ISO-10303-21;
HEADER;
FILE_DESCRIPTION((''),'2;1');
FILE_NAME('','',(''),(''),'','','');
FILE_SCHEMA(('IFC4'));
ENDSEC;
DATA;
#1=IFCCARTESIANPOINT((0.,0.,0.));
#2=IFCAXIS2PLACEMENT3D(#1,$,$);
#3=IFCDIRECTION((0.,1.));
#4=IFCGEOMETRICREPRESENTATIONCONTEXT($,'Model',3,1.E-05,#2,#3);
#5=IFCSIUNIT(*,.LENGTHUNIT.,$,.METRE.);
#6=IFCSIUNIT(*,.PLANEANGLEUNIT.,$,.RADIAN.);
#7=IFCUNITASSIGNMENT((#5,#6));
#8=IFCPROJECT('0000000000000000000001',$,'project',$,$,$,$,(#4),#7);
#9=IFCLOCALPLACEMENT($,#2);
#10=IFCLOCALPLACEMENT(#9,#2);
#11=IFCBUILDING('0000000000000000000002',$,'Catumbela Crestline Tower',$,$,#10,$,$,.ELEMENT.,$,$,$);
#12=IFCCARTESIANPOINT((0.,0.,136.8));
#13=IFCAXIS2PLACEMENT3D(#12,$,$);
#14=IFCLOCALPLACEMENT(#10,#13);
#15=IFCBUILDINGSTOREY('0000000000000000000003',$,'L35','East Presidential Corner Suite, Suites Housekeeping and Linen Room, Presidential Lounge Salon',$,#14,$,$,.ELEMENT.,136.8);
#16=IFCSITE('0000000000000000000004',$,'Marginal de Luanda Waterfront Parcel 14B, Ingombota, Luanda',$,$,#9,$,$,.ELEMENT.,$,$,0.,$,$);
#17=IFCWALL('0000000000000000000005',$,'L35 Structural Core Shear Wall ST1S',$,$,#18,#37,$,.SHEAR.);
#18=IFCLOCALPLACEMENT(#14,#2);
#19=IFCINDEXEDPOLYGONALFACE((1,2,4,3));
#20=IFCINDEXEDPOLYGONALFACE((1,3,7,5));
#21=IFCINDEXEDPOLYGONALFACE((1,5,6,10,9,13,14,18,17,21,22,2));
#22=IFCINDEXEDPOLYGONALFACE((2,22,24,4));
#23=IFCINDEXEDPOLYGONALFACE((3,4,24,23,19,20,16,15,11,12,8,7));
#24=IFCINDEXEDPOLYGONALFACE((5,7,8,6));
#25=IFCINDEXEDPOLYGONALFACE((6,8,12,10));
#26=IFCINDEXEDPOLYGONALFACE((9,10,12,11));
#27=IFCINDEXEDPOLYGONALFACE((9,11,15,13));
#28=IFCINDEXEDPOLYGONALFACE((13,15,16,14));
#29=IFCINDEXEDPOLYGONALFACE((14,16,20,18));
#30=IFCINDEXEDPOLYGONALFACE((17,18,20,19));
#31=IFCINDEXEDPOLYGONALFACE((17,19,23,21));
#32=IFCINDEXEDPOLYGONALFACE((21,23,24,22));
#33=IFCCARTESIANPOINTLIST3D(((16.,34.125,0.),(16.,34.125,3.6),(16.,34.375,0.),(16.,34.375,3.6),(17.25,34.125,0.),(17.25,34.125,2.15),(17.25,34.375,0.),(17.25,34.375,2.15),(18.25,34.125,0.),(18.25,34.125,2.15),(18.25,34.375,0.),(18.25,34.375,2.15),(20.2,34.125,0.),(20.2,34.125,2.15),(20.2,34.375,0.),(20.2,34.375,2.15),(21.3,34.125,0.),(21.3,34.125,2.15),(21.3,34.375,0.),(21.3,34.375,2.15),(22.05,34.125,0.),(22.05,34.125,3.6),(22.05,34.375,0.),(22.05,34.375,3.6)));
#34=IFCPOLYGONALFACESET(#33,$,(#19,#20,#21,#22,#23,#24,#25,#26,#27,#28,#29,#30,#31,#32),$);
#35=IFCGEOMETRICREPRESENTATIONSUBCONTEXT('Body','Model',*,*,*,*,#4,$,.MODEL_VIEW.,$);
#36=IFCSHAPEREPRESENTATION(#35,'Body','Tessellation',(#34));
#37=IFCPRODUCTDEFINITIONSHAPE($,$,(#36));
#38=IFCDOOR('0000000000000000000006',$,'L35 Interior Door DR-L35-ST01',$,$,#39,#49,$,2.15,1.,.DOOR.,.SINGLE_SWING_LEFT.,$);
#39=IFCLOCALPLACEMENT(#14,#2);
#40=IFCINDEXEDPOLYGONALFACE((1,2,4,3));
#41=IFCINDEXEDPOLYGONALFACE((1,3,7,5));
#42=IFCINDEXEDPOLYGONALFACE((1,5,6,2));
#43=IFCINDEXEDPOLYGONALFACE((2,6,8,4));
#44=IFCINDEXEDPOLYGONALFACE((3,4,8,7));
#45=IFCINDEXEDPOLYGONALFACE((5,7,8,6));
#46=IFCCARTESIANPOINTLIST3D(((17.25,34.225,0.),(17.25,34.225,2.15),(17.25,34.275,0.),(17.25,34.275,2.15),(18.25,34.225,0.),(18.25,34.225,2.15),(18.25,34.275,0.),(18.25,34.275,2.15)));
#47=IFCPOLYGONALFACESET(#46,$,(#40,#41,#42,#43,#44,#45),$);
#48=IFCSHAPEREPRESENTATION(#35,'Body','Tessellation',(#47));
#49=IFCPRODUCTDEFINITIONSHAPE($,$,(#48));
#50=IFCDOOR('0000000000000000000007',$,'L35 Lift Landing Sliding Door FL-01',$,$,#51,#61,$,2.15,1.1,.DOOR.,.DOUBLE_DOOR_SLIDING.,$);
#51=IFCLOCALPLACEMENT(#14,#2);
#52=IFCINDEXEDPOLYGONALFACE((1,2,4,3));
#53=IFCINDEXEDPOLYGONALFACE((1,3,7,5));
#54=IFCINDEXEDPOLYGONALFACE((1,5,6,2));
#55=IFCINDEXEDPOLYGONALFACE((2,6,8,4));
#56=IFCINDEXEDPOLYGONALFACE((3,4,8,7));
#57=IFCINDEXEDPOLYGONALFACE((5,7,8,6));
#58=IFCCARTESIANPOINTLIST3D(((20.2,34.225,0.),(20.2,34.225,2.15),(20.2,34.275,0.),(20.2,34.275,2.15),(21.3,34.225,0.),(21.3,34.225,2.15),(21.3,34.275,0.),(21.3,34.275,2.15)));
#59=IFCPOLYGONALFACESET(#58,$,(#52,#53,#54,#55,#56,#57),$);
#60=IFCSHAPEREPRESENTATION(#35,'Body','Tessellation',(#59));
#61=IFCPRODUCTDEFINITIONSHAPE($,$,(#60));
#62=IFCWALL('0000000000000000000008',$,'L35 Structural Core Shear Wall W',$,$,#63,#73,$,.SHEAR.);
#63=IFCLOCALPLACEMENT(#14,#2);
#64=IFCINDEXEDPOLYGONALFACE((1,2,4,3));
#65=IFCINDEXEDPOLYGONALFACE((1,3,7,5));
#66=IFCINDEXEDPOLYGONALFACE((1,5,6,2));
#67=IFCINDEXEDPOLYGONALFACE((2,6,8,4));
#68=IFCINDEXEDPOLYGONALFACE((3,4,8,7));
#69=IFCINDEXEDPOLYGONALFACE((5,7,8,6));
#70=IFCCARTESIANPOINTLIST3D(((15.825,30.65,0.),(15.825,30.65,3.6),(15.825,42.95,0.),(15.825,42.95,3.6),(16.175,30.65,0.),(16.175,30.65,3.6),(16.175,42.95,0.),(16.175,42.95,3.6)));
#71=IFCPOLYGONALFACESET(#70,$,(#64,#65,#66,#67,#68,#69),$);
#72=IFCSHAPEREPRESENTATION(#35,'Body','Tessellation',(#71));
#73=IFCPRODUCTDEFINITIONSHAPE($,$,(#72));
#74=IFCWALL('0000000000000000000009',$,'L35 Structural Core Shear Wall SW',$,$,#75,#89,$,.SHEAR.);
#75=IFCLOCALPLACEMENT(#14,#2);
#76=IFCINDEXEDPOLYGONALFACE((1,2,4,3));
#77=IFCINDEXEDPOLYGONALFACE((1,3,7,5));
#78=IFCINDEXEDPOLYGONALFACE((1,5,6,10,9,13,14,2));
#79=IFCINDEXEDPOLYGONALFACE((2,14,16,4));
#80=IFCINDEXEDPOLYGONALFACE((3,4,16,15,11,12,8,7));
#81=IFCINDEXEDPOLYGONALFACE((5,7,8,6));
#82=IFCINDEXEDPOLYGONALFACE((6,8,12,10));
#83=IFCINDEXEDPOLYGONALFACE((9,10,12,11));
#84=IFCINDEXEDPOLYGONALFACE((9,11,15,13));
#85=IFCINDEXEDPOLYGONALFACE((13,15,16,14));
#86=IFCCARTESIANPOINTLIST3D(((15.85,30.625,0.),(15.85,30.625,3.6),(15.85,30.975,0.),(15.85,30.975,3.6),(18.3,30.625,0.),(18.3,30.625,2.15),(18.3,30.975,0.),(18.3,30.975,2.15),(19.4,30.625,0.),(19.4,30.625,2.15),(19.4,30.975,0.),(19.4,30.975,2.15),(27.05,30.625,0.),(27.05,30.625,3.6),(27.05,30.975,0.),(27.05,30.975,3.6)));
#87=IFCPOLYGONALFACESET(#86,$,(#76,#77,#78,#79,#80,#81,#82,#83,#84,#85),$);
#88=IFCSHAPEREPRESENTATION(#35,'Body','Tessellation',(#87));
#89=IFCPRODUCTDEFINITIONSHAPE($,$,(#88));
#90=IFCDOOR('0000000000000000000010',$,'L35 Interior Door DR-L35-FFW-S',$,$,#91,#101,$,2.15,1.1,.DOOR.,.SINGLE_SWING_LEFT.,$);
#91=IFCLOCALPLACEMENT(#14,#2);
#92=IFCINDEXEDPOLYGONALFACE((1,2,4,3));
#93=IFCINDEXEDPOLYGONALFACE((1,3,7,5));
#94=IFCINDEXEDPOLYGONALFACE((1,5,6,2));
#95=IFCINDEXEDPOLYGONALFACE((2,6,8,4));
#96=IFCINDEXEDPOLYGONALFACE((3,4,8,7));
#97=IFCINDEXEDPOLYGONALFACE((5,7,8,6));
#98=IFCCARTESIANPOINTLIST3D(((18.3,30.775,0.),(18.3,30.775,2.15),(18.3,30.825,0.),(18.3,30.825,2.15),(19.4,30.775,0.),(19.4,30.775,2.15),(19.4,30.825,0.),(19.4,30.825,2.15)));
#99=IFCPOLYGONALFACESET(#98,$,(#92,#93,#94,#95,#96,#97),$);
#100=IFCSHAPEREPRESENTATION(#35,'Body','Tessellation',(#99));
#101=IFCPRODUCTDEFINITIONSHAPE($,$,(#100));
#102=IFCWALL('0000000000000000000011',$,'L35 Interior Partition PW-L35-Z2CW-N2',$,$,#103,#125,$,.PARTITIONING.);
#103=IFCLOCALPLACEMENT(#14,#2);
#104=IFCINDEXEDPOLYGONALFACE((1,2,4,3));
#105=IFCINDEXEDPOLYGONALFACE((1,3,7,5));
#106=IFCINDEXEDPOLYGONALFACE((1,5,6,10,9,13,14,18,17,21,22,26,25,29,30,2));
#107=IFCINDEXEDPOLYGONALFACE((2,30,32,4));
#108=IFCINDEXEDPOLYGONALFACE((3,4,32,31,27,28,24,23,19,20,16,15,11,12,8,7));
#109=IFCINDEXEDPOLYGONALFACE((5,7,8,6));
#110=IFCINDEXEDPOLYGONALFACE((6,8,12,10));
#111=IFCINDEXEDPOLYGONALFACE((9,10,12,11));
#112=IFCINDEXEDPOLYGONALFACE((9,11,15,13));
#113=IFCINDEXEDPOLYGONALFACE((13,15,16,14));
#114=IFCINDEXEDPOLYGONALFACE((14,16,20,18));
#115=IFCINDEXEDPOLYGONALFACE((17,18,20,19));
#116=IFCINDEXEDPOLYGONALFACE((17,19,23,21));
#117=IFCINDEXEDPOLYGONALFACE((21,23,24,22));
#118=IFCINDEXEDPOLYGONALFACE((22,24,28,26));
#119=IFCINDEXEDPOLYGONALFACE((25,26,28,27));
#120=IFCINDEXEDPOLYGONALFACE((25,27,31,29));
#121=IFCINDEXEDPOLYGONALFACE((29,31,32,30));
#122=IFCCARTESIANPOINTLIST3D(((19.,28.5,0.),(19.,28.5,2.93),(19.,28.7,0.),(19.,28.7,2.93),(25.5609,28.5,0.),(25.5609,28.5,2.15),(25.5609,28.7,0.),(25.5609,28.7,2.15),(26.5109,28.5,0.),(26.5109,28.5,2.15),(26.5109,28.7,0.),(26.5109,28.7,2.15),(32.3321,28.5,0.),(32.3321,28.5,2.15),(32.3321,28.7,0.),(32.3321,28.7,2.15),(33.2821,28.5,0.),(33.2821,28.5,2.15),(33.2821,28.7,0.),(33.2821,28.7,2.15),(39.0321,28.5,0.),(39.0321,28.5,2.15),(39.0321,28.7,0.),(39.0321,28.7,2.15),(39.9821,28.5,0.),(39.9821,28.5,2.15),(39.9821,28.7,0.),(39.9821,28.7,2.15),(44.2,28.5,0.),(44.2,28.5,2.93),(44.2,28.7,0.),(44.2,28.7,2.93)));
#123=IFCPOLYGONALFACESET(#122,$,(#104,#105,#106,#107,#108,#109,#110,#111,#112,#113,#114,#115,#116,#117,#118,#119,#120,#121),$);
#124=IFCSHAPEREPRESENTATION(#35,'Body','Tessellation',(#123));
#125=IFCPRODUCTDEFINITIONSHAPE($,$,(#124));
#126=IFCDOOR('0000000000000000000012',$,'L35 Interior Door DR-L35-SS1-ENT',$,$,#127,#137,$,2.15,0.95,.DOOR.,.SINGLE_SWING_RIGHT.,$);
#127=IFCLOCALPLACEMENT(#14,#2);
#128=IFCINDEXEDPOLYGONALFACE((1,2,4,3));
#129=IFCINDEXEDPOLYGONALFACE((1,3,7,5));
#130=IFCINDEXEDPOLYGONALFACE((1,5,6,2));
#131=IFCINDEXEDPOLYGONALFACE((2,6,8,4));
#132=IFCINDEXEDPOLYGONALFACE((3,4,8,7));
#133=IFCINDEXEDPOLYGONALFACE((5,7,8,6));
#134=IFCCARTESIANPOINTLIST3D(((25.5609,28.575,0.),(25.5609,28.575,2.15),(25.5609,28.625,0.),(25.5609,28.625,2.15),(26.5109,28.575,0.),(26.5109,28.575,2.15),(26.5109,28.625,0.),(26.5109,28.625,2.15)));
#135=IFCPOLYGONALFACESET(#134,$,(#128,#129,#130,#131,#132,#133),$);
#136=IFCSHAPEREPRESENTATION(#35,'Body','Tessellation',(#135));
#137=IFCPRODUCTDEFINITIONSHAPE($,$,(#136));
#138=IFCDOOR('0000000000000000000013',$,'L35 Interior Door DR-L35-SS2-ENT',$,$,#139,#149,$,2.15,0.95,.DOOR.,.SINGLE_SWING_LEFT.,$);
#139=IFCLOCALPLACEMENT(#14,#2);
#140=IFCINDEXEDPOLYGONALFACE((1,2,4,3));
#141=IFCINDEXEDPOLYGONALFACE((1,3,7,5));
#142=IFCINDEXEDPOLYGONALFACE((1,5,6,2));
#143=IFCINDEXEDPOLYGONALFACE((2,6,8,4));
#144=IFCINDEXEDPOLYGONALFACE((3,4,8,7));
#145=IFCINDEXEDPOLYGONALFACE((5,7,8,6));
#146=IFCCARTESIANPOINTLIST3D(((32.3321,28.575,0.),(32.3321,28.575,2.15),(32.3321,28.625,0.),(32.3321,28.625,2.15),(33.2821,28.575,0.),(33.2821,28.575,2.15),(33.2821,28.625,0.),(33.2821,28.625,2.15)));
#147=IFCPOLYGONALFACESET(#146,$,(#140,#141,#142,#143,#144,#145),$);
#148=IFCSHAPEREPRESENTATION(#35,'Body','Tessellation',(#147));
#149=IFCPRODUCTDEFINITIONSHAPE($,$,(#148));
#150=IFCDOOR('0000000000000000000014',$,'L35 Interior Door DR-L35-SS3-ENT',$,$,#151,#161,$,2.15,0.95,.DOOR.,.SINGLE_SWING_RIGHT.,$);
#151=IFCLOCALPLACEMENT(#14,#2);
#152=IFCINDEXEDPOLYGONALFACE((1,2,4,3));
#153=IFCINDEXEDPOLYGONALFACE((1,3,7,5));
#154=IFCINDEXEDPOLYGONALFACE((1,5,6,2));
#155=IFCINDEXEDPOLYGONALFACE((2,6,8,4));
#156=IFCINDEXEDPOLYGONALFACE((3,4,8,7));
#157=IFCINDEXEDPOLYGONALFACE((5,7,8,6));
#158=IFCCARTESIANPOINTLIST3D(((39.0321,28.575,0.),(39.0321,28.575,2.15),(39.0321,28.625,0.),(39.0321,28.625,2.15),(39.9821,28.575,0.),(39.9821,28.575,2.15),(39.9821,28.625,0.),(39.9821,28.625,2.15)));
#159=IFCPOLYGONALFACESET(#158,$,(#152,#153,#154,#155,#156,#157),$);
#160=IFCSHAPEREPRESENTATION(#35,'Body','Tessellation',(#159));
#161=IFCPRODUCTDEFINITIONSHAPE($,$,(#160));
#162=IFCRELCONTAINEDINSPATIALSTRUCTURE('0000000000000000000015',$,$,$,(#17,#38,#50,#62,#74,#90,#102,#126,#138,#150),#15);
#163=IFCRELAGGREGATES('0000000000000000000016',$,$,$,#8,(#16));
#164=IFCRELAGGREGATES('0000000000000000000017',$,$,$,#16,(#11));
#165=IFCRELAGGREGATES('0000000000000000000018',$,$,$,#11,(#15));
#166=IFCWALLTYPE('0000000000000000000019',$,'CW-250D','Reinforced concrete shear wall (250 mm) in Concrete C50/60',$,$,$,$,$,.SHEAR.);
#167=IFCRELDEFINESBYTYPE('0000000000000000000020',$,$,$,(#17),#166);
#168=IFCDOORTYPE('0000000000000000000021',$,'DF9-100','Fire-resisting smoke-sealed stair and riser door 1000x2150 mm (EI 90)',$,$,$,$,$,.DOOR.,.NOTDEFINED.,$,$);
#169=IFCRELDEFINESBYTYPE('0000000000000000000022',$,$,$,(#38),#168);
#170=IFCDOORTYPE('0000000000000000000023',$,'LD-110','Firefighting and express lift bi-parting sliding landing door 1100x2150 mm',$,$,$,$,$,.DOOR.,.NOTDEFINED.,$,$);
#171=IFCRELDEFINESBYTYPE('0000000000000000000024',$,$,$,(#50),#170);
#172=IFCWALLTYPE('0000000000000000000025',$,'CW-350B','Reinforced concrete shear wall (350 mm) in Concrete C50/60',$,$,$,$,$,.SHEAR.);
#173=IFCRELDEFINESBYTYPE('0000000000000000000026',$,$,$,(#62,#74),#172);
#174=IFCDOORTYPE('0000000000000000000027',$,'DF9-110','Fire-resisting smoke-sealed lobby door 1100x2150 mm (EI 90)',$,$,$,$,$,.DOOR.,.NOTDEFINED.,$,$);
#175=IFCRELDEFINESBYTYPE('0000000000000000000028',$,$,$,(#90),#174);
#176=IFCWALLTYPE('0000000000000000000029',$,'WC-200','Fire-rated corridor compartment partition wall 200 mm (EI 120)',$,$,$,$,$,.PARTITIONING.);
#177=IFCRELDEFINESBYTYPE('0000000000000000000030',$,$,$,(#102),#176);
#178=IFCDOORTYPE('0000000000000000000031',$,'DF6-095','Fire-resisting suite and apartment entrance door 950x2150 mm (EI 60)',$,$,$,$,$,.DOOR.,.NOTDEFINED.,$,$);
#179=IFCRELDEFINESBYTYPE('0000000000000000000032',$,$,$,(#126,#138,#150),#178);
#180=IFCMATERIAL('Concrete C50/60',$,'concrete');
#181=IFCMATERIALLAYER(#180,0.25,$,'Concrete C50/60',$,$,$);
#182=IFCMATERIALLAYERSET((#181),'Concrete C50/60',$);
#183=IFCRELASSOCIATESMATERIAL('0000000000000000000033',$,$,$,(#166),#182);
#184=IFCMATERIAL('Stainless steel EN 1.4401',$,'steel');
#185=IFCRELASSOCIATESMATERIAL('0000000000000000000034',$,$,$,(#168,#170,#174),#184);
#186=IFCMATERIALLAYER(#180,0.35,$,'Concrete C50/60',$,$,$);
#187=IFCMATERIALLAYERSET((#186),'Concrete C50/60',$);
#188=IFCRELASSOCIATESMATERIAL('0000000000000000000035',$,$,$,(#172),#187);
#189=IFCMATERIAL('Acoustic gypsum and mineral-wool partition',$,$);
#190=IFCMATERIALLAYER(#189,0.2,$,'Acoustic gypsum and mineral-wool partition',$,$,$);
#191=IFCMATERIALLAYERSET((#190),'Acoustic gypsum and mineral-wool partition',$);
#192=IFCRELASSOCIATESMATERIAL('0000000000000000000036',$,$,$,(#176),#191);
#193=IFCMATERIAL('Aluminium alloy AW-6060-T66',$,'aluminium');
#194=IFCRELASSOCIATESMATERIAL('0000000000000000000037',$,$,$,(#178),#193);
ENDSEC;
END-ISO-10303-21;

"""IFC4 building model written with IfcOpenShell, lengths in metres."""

from ifc_helpers import new_model, si_unit, direction, frame, frame_2d, origin, place, context, subcontext, project, spatial, rectangle, extrude, material, layer, layer_set, type_object, element, fill, save


model = new_model("IFC4")

# Units and contexts
model_context = context("Model", 3, precision=1e-05, world=origin(), true_north=direction((0.0, 1.0)))
body_context = subcontext(model_context, "Body", "Model", "MODEL_VIEW")
ifc_project = project(units=[si_unit("LENGTHUNIT", "METRE"), si_unit("PLANEANGLEUNIT", "RADIAN")], contexts=[model_context])

# Site, building, storey
site_placement = place(None, origin())
site = spatial("IfcSite", under=ifc_project, at=site_placement, Name="Marginal de Luanda Waterfront Parcel 14B, Ingombota, Luanda", CompositionType="ELEMENT", RefElevation=0.0)
building_placement = place(site_placement, origin())
building = spatial("IfcBuilding", under=site, at=building_placement, Name="Catumbela Crestline Tower", CompositionType="ELEMENT")
storey_placement = place(building_placement, frame((0.0, 0.0, 136.8)))
storey = spatial("IfcBuildingStorey", under=building, at=storey_placement, Name="L35", Description="East Presidential Corner Suite, Suites Housekeeping and Linen Room, Presidential Lounge Salon", CompositionType="ELEMENT", Elevation=136.8)

# Shared definitions
ifc_material_1 = material(Name="Concrete C50/60", Category="concrete")

# Wall, openings, doors
ifc_layer_1 = layer(ifc_material_1, 0.25, Name="Concrete C50/60")
ifc_layer_set_1 = layer_set([ifc_layer_1], Name="Concrete C50/60")
wall_type_1 = type_object("IfcWallType", Name="CW-250D", Description="Reinforced concrete shear wall (250 mm) in Concrete C50/60", PredefinedType="SHEAR", material=ifc_layer_set_1)
wall_1_placement = place(storey_placement, frame((16.0, 34.25, 0.0), z_axis=(0.0, 0.0, 1.0), x_axis=(1.0, 0.0, 0.0)))
wall_1 = element("IfcWall", 1, at=wall_1_placement, inside=storey, type_object=wall_type_1, Name="L35 Structural Core Shear Wall ST1S", PredefinedType="SHEAR", context=body_context, shape_type="SweptSolid", body=[
    extrude(rectangle(XDim=6.05, YDim=0.25, at=frame_2d((3.025, 0.0))), origin(), (0.0, 0.0, 1.0), 3.6),
])
opening_1_placement = place(wall_1_placement, frame((1.25, 0.0, 0.0)))
opening_1 = element("IfcOpeningElement", 2, at=opening_1_placement, cuts=wall_1, PredefinedType="OPENING", context=body_context, shape_type="SweptSolid", body=[
    extrude(rectangle(XDim=1.0, YDim=2.15, at=frame_2d((0.5, 1.075))), frame((0.0, 0.135, 0.0), z_axis=(0.0, -1.0, 0.0), x_axis=(1.0, 0.0, 0.0)), (0.0, 0.0, 1.0), 0.27),
])
opening_2_placement = place(wall_1_placement, frame((4.2, 0.0, 0.0)))
opening_2 = element("IfcOpeningElement", 3, at=opening_2_placement, cuts=wall_1, PredefinedType="OPENING", context=body_context, shape_type="SweptSolid", body=[
    extrude(rectangle(XDim=1.1, YDim=2.15, at=frame_2d((0.55, 1.075))), frame((0.0, 0.135, 0.0), z_axis=(0.0, -1.0, 0.0), x_axis=(1.0, 0.0, 0.0)), (0.0, 0.0, 1.0), 0.27),
])
ifc_material_2 = material(Name="Stainless steel EN 1.4401", Category="steel")
door_type_1 = type_object("IfcDoorType", Name="DF9-100", Description="Fire-resisting smoke-sealed stair and riser door 1000x2150 mm (EI 90)", OperationType="NOTDEFINED", PredefinedType="DOOR", material=ifc_material_2)
door_1_placement = place(opening_1_placement, origin())
door_1 = element("IfcDoor", 4, at=door_1_placement, inside=storey, type_object=door_type_1, Name="L35 Interior Door DR-L35-ST01", OperationType="SINGLE_SWING_LEFT", OverallHeight=2.15, OverallWidth=1.0, PredefinedType="DOOR", context=body_context, shape_type="SweptSolid", body=[
    extrude(rectangle(XDim=1.0, YDim=2.15, at=frame_2d((0.5, 1.075))), frame((0.0, 0.025, 0.0), z_axis=(0.0, -1.0, 0.0), x_axis=(1.0, 0.0, 0.0)), (0.0, 0.0, 1.0), 0.05),
])
fill(opening_1, door_1)
door_type_2 = type_object("IfcDoorType", Name="LD-110", Description="Firefighting and express lift bi-parting sliding landing door 1100x2150 mm", OperationType="NOTDEFINED", PredefinedType="DOOR", material=ifc_material_2)
door_2_placement = place(opening_2_placement, origin())
door_2 = element("IfcDoor", 5, at=door_2_placement, inside=storey, type_object=door_type_2, Name="L35 Lift Landing Sliding Door FL-01", OperationType="DOUBLE_DOOR_SLIDING", OverallHeight=2.15, OverallWidth=1.1, PredefinedType="DOOR", context=body_context, shape_type="SweptSolid", body=[
    extrude(rectangle(XDim=1.1, YDim=2.15, at=frame_2d((0.55, 1.075))), frame((0.0, 0.025, 0.0), z_axis=(0.0, -1.0, 0.0), x_axis=(1.0, 0.0, 0.0)), (0.0, 0.0, 1.0), 0.05),
])
fill(opening_2, door_2)

# Wall
ifc_layer_2 = layer(ifc_material_1, 0.35, Name="Concrete C50/60")
ifc_layer_set_2 = layer_set([ifc_layer_2], Name="Concrete C50/60")
wall_type_2 = type_object("IfcWallType", Name="CW-350B", Description="Reinforced concrete shear wall (350 mm) in Concrete C50/60", PredefinedType="SHEAR", material=ifc_layer_set_2)
wall_2_placement = place(storey_placement, frame((16.0, 30.65, 0.0), z_axis=(0.0, 0.0, 1.0), x_axis=(0.0, 1.0, 0.0)))
element("IfcWall", 6, at=wall_2_placement, inside=storey, type_object=wall_type_2, Name="L35 Structural Core Shear Wall W", PredefinedType="SHEAR", context=body_context, shape_type="SweptSolid", body=[
    extrude(rectangle(XDim=12.3, YDim=0.35, at=frame_2d((6.15, 0.0))), origin(), (0.0, 0.0, 1.0), 3.6),
])

# Wall, opening, door
wall_3_placement = place(storey_placement, frame((15.85, 30.8, 0.0), z_axis=(0.0, 0.0, 1.0), x_axis=(1.0, 0.0, 0.0)))
wall_3 = element("IfcWall", 7, at=wall_3_placement, inside=storey, type_object=wall_type_2, Name="L35 Structural Core Shear Wall SW", PredefinedType="SHEAR", context=body_context, shape_type="SweptSolid", body=[
    extrude(rectangle(XDim=11.2, YDim=0.35, at=frame_2d((5.6, 0.0))), origin(), (0.0, 0.0, 1.0), 3.6),
])
opening_3_placement = place(wall_3_placement, frame((2.45, 0.0, 0.0)))
opening_3 = element("IfcOpeningElement", 8, at=opening_3_placement, cuts=wall_3, PredefinedType="OPENING", context=body_context, shape_type="SweptSolid", body=[
    extrude(rectangle(XDim=1.1, YDim=2.15, at=frame_2d((0.55, 1.075))), frame((0.0, 0.185, 0.0), z_axis=(0.0, -1.0, 0.0), x_axis=(1.0, 0.0, 0.0)), (0.0, 0.0, 1.0), 0.37),
])
door_type_3 = type_object("IfcDoorType", Name="DF9-110", Description="Fire-resisting smoke-sealed lobby door 1100x2150 mm (EI 90)", OperationType="NOTDEFINED", PredefinedType="DOOR", material=ifc_material_2)
door_3_placement = place(opening_3_placement, origin())
door_3 = element("IfcDoor", 9, at=door_3_placement, inside=storey, type_object=door_type_3, Name="L35 Interior Door DR-L35-FFW-S", OperationType="SINGLE_SWING_LEFT", OverallHeight=2.15, OverallWidth=1.1, PredefinedType="DOOR", context=body_context, shape_type="SweptSolid", body=[
    extrude(rectangle(XDim=1.1, YDim=2.15, at=frame_2d((0.55, 1.075))), frame((0.0, 0.025, 0.0), z_axis=(0.0, -1.0, 0.0), x_axis=(1.0, 0.0, 0.0)), (0.0, 0.0, 1.0), 0.05),
])
fill(opening_3, door_3)

# Wall, openings, doors
ifc_material_3 = material(Name="Acoustic gypsum and mineral-wool partition")
ifc_layer_3 = layer(ifc_material_3, 0.2, Name="Acoustic gypsum and mineral-wool partition")
ifc_layer_set_3 = layer_set([ifc_layer_3], Name="Acoustic gypsum and mineral-wool partition")
wall_type_3 = type_object("IfcWallType", Name="WC-200", Description="Fire-rated corridor compartment partition wall 200 mm (EI 120)", PredefinedType="PARTITIONING", material=ifc_layer_set_3)
wall_4_placement = place(storey_placement, frame((19.0, 28.6, 0.0), z_axis=(0.0, 0.0, 1.0), x_axis=(1.0, 0.0, 0.0)))
wall_4 = element("IfcWall", 10, at=wall_4_placement, inside=storey, type_object=wall_type_3, Name="L35 Interior Partition PW-L35-Z2CW-N2", PredefinedType="PARTITIONING", context=body_context, shape_type="SweptSolid", body=[
    extrude(rectangle(XDim=25.2, YDim=0.2, at=frame_2d((12.6, 0.0))), origin(), (0.0, 0.0, 1.0), 2.93),
])
opening_4_placement = place(wall_4_placement, frame((6.5609, 0.0, 0.0)))
opening_4 = element("IfcOpeningElement", 11, at=opening_4_placement, cuts=wall_4, PredefinedType="OPENING", context=body_context, shape_type="SweptSolid", body=[
    extrude(rectangle(XDim=0.95, YDim=2.15, at=frame_2d((0.475, 1.075))), frame((0.0, 0.11, 0.0), z_axis=(0.0, -1.0, 0.0), x_axis=(1.0, 0.0, 0.0)), (0.0, 0.0, 1.0), 0.22),
])
opening_5_placement = place(wall_4_placement, frame((13.3321, 0.0, 0.0)))
opening_5 = element("IfcOpeningElement", 12, at=opening_5_placement, cuts=wall_4, PredefinedType="OPENING", context=body_context, shape_type="SweptSolid", body=[
    extrude(rectangle(XDim=0.95, YDim=2.15, at=frame_2d((0.475, 1.075))), frame((0.0, 0.11, 0.0), z_axis=(0.0, -1.0, 0.0), x_axis=(1.0, 0.0, 0.0)), (0.0, 0.0, 1.0), 0.22),
])
opening_6_placement = place(wall_4_placement, frame((20.0321, 0.0, 0.0)))
opening_6 = element("IfcOpeningElement", 13, at=opening_6_placement, cuts=wall_4, PredefinedType="OPENING", context=body_context, shape_type="SweptSolid", body=[
    extrude(rectangle(XDim=0.95, YDim=2.15, at=frame_2d((0.475, 1.075))), frame((0.0, 0.11, 0.0), z_axis=(0.0, -1.0, 0.0), x_axis=(1.0, 0.0, 0.0)), (0.0, 0.0, 1.0), 0.22),
])
ifc_material_4 = material(Name="Aluminium alloy AW-6060-T66", Category="aluminium")
door_type_4 = type_object("IfcDoorType", Name="DF6-095", Description="Fire-resisting suite and apartment entrance door 950x2150 mm (EI 60)", OperationType="NOTDEFINED", PredefinedType="DOOR", material=ifc_material_4)
door_4_placement = place(opening_4_placement, origin())
door_4 = element("IfcDoor", 14, at=door_4_placement, inside=storey, type_object=door_type_4, Name="L35 Interior Door DR-L35-SS1-ENT", OperationType="SINGLE_SWING_RIGHT", OverallHeight=2.15, OverallWidth=0.95, PredefinedType="DOOR", context=body_context, shape_type="SweptSolid", body=[
    extrude(rectangle(XDim=0.95, YDim=2.15, at=frame_2d((0.475, 1.075))), frame((0.0, 0.025, 0.0), z_axis=(0.0, -1.0, 0.0), x_axis=(1.0, 0.0, 0.0)), (0.0, 0.0, 1.0), 0.05),
])
fill(opening_4, door_4)
door_5_placement = place(opening_5_placement, origin())
door_5 = element("IfcDoor", 15, at=door_5_placement, inside=storey, type_object=door_type_4, Name="L35 Interior Door DR-L35-SS2-ENT", OperationType="SINGLE_SWING_LEFT", OverallHeight=2.15, OverallWidth=0.95, PredefinedType="DOOR", context=body_context, shape_type="SweptSolid", body=[
    extrude(rectangle(XDim=0.95, YDim=2.15, at=frame_2d((0.475, 1.075))), frame((0.0, 0.025, 0.0), z_axis=(0.0, -1.0, 0.0), x_axis=(1.0, 0.0, 0.0)), (0.0, 0.0, 1.0), 0.05),
])
fill(opening_5, door_5)
door_6_placement = place(opening_6_placement, origin())
door_6 = element("IfcDoor", 16, at=door_6_placement, inside=storey, type_object=door_type_4, Name="L35 Interior Door DR-L35-SS3-ENT", OperationType="SINGLE_SWING_RIGHT", OverallHeight=2.15, OverallWidth=0.95, PredefinedType="DOOR", context=body_context, shape_type="SweptSolid", body=[
    extrude(rectangle(XDim=0.95, YDim=2.15, at=frame_2d((0.475, 1.075))), frame((0.0, 0.025, 0.0), z_axis=(0.0, -1.0, 0.0), x_axis=(1.0, 0.0, 0.0)), (0.0, 0.0, 1.0), 0.05),
])
fill(opening_6, door_6)

save(model, "model.ifc")
